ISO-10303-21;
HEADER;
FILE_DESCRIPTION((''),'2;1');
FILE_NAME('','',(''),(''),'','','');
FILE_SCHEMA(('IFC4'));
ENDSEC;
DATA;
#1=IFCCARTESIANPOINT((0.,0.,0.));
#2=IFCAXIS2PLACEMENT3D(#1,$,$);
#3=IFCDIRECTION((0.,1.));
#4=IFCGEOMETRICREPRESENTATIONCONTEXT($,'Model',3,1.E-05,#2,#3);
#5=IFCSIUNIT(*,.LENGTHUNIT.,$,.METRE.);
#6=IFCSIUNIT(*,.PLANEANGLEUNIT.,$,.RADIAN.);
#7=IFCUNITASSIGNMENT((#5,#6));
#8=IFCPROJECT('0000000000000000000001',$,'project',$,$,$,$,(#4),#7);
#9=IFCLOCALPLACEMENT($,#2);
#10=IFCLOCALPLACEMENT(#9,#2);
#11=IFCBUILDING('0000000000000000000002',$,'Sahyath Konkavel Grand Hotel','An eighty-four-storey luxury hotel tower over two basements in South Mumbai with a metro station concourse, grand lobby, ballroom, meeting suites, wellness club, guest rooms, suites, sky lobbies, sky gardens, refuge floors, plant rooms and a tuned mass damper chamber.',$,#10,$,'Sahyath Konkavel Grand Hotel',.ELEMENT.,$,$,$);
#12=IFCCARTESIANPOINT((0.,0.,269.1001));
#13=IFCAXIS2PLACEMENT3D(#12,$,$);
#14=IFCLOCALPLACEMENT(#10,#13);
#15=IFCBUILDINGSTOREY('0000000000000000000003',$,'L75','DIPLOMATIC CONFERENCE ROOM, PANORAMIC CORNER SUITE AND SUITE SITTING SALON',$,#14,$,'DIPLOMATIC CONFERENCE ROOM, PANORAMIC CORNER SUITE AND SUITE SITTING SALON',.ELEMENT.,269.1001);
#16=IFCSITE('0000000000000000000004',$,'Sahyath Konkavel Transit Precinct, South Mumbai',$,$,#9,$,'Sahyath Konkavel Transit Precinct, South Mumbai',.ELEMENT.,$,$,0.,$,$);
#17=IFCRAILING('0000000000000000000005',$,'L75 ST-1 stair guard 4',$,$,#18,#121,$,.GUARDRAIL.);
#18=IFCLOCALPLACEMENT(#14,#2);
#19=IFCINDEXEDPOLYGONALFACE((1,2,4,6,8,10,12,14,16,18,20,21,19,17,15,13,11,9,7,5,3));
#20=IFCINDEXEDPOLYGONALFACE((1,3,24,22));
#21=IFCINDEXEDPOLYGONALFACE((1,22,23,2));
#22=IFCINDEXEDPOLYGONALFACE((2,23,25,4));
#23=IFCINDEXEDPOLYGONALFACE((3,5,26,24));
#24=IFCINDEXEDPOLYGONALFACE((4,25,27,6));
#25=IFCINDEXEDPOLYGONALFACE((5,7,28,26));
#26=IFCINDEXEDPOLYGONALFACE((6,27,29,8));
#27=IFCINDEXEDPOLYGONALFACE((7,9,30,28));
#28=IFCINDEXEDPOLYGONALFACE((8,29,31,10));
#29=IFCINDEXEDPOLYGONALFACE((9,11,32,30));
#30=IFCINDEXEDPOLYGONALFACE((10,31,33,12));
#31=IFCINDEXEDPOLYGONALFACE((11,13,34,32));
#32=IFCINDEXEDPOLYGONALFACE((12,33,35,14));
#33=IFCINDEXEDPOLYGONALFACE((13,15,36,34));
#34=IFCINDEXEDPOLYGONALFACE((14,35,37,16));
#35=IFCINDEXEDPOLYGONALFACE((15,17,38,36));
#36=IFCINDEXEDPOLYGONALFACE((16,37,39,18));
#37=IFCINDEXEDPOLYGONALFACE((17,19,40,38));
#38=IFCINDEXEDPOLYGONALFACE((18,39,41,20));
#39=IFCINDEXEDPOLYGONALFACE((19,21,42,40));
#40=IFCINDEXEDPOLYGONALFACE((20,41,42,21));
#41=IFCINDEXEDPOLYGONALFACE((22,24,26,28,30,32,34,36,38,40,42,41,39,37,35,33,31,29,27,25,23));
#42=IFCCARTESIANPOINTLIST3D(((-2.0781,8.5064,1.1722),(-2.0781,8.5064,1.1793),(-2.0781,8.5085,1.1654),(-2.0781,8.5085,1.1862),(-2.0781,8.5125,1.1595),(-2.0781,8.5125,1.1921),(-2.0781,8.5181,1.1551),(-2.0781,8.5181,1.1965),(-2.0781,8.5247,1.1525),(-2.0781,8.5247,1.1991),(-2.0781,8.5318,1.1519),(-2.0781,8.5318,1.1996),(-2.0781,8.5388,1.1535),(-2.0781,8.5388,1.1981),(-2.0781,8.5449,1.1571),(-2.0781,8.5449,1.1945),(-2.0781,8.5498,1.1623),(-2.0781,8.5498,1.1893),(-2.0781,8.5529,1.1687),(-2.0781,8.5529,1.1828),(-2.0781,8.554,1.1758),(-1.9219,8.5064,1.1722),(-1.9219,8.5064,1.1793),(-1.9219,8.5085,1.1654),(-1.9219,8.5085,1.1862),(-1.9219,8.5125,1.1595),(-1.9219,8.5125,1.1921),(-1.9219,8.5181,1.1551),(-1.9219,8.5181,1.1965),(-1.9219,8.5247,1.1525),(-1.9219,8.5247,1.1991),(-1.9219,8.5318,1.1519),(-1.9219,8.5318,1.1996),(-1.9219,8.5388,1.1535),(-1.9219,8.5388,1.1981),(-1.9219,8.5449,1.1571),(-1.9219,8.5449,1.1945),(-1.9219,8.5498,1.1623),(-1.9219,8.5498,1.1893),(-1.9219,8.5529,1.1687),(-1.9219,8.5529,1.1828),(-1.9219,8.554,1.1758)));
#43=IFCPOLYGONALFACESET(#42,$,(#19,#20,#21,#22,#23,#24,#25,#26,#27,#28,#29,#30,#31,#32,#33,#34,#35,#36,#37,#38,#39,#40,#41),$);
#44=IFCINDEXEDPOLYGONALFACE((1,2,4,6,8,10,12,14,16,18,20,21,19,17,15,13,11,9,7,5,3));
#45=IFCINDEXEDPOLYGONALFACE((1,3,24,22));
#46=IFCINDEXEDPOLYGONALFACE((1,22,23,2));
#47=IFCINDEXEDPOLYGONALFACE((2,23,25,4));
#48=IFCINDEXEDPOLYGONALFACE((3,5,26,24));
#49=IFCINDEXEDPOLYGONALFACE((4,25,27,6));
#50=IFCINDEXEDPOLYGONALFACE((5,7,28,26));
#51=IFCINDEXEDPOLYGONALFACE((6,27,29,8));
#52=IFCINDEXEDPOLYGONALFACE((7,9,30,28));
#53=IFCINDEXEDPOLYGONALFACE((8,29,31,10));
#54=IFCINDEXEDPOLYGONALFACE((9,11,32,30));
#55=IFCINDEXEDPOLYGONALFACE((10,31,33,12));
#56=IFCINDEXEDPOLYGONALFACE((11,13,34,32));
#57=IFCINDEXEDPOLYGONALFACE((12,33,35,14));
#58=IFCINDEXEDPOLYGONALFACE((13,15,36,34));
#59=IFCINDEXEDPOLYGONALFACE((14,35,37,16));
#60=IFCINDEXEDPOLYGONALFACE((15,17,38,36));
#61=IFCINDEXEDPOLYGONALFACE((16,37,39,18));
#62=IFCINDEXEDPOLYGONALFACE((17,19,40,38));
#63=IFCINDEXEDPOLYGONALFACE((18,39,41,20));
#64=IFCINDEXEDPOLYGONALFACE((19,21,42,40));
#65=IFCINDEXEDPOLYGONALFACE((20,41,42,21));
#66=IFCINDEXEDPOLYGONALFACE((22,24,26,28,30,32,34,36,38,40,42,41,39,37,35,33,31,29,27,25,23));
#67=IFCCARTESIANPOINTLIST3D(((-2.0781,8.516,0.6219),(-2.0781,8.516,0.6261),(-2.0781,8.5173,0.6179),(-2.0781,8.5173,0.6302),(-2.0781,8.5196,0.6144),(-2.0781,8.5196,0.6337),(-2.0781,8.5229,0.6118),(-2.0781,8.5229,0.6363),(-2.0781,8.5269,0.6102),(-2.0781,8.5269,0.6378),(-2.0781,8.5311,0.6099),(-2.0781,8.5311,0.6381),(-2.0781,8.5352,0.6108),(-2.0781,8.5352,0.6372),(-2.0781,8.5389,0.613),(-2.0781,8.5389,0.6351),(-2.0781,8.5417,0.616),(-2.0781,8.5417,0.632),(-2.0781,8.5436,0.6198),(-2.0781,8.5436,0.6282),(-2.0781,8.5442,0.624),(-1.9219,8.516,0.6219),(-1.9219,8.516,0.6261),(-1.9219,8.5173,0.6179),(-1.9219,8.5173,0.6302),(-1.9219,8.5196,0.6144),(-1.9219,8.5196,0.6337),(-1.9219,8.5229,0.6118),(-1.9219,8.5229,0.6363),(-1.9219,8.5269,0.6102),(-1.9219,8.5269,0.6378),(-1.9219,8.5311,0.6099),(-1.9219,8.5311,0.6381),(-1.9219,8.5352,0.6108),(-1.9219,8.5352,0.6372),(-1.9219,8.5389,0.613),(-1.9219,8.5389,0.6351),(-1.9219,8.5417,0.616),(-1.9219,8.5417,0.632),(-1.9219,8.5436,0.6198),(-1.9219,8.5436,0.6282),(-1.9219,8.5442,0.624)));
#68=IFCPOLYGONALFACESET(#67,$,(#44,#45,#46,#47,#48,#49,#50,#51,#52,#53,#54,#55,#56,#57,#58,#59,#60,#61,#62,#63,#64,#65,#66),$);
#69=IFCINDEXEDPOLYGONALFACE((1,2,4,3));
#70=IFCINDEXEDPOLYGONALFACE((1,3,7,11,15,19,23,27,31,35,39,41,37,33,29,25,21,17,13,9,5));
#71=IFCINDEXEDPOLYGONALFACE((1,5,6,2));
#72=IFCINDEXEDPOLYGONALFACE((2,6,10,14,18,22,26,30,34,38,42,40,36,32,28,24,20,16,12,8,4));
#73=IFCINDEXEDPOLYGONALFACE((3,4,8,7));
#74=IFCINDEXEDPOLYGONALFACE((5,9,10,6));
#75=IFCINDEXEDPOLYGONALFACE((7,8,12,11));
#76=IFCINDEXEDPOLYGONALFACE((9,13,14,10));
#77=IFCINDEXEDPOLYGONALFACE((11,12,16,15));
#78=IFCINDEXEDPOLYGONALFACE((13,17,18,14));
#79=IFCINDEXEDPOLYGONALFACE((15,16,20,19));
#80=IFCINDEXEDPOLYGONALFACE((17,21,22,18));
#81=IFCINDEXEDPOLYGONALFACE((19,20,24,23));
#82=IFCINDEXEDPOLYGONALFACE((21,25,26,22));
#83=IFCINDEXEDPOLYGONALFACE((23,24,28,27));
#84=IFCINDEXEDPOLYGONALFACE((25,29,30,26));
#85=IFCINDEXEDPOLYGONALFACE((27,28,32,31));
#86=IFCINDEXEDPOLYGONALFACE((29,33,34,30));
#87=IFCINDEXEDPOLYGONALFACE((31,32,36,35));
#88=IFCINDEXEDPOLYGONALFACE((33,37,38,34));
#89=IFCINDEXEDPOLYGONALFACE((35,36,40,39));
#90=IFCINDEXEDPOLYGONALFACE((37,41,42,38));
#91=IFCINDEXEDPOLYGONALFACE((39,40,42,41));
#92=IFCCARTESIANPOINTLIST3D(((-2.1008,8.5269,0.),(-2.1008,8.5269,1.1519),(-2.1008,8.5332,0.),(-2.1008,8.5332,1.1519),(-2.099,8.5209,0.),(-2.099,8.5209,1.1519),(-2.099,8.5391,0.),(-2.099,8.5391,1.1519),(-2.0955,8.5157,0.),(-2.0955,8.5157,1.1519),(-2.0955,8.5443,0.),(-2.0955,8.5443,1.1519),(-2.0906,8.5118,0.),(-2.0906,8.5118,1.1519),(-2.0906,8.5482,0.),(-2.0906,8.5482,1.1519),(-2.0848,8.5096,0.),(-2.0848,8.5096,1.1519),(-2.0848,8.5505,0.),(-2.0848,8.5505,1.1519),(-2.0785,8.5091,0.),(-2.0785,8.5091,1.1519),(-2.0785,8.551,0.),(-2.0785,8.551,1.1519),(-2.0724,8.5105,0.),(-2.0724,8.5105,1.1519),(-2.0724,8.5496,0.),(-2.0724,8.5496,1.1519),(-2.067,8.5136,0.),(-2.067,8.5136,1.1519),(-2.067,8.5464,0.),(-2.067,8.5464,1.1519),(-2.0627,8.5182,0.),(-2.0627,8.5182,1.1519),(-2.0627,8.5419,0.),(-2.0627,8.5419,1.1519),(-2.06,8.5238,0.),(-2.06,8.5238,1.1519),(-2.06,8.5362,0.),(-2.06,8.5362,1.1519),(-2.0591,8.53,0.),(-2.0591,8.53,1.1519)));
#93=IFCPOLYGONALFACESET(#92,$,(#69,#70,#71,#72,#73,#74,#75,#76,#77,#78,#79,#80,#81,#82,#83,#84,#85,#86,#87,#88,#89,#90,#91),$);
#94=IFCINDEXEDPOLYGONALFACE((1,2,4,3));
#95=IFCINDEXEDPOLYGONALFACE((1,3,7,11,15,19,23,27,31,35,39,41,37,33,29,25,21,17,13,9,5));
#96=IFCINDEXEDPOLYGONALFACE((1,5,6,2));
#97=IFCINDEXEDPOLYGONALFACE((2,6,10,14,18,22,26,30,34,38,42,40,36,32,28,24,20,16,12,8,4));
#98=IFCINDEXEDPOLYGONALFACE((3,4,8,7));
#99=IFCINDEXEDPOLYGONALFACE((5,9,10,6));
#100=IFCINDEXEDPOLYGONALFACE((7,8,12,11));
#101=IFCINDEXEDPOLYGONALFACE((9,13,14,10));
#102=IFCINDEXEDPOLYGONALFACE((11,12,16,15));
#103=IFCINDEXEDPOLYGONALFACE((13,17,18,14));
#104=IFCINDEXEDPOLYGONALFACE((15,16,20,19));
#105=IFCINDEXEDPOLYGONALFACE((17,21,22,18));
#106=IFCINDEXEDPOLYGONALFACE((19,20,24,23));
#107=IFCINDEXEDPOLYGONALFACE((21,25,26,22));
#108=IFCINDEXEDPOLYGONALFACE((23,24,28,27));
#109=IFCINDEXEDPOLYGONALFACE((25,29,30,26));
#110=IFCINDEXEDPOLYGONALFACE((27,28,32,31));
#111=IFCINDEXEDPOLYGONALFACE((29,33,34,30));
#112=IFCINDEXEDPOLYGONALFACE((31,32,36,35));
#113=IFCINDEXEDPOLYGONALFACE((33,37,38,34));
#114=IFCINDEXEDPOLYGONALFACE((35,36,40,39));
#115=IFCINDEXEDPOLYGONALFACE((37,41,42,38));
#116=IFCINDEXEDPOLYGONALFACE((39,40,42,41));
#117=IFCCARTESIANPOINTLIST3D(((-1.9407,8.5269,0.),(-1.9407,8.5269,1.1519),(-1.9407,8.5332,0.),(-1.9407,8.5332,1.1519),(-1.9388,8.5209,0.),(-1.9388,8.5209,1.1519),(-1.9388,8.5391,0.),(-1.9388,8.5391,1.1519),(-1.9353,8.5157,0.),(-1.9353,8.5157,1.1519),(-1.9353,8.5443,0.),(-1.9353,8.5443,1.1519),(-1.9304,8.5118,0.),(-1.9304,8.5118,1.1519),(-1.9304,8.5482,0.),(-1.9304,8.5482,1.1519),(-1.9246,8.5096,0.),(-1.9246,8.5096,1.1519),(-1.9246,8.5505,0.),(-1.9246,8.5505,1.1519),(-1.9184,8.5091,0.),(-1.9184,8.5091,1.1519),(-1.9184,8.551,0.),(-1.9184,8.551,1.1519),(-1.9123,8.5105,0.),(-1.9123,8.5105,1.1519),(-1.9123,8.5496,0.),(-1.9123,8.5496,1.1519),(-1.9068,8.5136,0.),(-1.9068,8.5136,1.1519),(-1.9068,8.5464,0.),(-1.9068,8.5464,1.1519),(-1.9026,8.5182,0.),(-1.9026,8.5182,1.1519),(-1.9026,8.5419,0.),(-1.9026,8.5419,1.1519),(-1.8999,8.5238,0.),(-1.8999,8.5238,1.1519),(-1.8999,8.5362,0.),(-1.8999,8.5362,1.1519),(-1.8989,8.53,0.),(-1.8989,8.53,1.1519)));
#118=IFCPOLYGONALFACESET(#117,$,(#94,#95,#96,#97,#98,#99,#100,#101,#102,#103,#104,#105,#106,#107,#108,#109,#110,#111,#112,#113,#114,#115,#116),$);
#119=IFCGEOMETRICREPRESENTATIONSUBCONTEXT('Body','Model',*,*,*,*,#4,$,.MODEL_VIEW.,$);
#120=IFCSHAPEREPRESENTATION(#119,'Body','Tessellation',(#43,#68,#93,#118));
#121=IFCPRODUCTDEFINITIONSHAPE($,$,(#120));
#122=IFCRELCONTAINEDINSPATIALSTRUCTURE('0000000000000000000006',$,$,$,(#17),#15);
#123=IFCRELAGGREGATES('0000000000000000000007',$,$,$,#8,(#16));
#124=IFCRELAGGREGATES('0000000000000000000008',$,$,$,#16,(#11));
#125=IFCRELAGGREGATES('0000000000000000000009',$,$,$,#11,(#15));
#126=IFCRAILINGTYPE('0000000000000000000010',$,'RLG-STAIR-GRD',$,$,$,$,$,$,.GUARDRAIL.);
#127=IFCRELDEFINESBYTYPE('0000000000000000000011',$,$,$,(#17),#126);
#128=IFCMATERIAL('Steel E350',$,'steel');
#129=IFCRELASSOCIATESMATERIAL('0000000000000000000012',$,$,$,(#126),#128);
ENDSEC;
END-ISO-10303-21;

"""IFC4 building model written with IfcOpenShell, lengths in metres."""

from ifc_helpers import new_model, si_unit, direction, frame, origin, origin_2d, place, context, subcontext, project, spatial, circle, extrude, material, type_object, element, save


model = new_model("IFC4")

# Units and contexts
model_context = context("Model", 3, precision=1e-05, world=origin(), true_north=direction((0.0, 1.0)))
body_context = subcontext(model_context, "Body", "Model", "MODEL_VIEW")
ifc_project = project(units=[si_unit("LENGTHUNIT", "METRE"), si_unit("PLANEANGLEUNIT", "RADIAN")], contexts=[model_context])

# Site, building, storey
site_placement = place(None, origin())
site = spatial("IfcSite", under=ifc_project, at=site_placement, Name="Sahyath Konkavel Transit Precinct, South Mumbai", LongName="Sahyath Konkavel Transit Precinct, South Mumbai", CompositionType="ELEMENT", RefElevation=0.0)
building_placement = place(site_placement, origin())
building = spatial("IfcBuilding", under=site, at=building_placement, Name="Sahyath Konkavel Grand Hotel", Description="An eighty-four-storey luxury hotel tower over two basements in South Mumbai with a metro station concourse, grand lobby, ballroom, meeting suites, wellness club, guest rooms, suites, sky lobbies, sky gardens, refuge floors, plant rooms and a tuned mass damper chamber.", LongName="Sahyath Konkavel Grand Hotel", CompositionType="ELEMENT")
storey_placement = place(building_placement, frame((0.0, 0.0, 269.1001)))
storey = spatial("IfcBuildingStorey", under=building, at=storey_placement, Name="L75", Description="DIPLOMATIC CONFERENCE ROOM, PANORAMIC CORNER SUITE AND SUITE SITTING SALON", LongName="DIPLOMATIC CONFERENCE ROOM, PANORAMIC CORNER SUITE AND SUITE SITTING SALON", CompositionType="ELEMENT", Elevation=269.1001)

# Shared definitions
ifc_material_1 = material(Name="Steel E350", Category="steel")

# Railing
railing_type_1 = type_object("IfcRailingType", Name="RLG-STAIR-GRD", PredefinedType="GUARDRAIL", material=ifc_material_1)
railing_1_placement = place(storey_placement, frame((-2.0801, 8.53, 0.0)))
element("IfcRailing", 1, at=railing_1_placement, inside=storey, type_object=railing_type_1, Name="L75 ST-1 stair guard 4", PredefinedType="GUARDRAIL", context=body_context, shape_type="SweptSolid", body=[
    extrude(circle(Radius=0.0239, at=origin_2d()), frame((0.002, 0.0, 1.1758), z_axis=(1.0, 0.0, 0.0), x_axis=(0.0, 1.0, 0.0)), (0.0, 0.0, 1.0), 0.1562),
    extrude(circle(Radius=0.0142, at=origin_2d()), frame((0.002, 0.0, 0.624), z_axis=(1.0, 0.0, 0.0), x_axis=(0.0, 1.0, 0.0)), (0.0, 0.0, 1.0), 0.1562),
    extrude(circle(Radius=0.021, at=origin_2d()), origin(), (0.0, 0.0, 1.0), 1.1519),
    extrude(circle(Radius=0.021, at=origin_2d()), frame((0.1602, 0.0, 0.0)), (0.0, 0.0, 1.0), 1.1519),
])

save(model, "model.ifc")
